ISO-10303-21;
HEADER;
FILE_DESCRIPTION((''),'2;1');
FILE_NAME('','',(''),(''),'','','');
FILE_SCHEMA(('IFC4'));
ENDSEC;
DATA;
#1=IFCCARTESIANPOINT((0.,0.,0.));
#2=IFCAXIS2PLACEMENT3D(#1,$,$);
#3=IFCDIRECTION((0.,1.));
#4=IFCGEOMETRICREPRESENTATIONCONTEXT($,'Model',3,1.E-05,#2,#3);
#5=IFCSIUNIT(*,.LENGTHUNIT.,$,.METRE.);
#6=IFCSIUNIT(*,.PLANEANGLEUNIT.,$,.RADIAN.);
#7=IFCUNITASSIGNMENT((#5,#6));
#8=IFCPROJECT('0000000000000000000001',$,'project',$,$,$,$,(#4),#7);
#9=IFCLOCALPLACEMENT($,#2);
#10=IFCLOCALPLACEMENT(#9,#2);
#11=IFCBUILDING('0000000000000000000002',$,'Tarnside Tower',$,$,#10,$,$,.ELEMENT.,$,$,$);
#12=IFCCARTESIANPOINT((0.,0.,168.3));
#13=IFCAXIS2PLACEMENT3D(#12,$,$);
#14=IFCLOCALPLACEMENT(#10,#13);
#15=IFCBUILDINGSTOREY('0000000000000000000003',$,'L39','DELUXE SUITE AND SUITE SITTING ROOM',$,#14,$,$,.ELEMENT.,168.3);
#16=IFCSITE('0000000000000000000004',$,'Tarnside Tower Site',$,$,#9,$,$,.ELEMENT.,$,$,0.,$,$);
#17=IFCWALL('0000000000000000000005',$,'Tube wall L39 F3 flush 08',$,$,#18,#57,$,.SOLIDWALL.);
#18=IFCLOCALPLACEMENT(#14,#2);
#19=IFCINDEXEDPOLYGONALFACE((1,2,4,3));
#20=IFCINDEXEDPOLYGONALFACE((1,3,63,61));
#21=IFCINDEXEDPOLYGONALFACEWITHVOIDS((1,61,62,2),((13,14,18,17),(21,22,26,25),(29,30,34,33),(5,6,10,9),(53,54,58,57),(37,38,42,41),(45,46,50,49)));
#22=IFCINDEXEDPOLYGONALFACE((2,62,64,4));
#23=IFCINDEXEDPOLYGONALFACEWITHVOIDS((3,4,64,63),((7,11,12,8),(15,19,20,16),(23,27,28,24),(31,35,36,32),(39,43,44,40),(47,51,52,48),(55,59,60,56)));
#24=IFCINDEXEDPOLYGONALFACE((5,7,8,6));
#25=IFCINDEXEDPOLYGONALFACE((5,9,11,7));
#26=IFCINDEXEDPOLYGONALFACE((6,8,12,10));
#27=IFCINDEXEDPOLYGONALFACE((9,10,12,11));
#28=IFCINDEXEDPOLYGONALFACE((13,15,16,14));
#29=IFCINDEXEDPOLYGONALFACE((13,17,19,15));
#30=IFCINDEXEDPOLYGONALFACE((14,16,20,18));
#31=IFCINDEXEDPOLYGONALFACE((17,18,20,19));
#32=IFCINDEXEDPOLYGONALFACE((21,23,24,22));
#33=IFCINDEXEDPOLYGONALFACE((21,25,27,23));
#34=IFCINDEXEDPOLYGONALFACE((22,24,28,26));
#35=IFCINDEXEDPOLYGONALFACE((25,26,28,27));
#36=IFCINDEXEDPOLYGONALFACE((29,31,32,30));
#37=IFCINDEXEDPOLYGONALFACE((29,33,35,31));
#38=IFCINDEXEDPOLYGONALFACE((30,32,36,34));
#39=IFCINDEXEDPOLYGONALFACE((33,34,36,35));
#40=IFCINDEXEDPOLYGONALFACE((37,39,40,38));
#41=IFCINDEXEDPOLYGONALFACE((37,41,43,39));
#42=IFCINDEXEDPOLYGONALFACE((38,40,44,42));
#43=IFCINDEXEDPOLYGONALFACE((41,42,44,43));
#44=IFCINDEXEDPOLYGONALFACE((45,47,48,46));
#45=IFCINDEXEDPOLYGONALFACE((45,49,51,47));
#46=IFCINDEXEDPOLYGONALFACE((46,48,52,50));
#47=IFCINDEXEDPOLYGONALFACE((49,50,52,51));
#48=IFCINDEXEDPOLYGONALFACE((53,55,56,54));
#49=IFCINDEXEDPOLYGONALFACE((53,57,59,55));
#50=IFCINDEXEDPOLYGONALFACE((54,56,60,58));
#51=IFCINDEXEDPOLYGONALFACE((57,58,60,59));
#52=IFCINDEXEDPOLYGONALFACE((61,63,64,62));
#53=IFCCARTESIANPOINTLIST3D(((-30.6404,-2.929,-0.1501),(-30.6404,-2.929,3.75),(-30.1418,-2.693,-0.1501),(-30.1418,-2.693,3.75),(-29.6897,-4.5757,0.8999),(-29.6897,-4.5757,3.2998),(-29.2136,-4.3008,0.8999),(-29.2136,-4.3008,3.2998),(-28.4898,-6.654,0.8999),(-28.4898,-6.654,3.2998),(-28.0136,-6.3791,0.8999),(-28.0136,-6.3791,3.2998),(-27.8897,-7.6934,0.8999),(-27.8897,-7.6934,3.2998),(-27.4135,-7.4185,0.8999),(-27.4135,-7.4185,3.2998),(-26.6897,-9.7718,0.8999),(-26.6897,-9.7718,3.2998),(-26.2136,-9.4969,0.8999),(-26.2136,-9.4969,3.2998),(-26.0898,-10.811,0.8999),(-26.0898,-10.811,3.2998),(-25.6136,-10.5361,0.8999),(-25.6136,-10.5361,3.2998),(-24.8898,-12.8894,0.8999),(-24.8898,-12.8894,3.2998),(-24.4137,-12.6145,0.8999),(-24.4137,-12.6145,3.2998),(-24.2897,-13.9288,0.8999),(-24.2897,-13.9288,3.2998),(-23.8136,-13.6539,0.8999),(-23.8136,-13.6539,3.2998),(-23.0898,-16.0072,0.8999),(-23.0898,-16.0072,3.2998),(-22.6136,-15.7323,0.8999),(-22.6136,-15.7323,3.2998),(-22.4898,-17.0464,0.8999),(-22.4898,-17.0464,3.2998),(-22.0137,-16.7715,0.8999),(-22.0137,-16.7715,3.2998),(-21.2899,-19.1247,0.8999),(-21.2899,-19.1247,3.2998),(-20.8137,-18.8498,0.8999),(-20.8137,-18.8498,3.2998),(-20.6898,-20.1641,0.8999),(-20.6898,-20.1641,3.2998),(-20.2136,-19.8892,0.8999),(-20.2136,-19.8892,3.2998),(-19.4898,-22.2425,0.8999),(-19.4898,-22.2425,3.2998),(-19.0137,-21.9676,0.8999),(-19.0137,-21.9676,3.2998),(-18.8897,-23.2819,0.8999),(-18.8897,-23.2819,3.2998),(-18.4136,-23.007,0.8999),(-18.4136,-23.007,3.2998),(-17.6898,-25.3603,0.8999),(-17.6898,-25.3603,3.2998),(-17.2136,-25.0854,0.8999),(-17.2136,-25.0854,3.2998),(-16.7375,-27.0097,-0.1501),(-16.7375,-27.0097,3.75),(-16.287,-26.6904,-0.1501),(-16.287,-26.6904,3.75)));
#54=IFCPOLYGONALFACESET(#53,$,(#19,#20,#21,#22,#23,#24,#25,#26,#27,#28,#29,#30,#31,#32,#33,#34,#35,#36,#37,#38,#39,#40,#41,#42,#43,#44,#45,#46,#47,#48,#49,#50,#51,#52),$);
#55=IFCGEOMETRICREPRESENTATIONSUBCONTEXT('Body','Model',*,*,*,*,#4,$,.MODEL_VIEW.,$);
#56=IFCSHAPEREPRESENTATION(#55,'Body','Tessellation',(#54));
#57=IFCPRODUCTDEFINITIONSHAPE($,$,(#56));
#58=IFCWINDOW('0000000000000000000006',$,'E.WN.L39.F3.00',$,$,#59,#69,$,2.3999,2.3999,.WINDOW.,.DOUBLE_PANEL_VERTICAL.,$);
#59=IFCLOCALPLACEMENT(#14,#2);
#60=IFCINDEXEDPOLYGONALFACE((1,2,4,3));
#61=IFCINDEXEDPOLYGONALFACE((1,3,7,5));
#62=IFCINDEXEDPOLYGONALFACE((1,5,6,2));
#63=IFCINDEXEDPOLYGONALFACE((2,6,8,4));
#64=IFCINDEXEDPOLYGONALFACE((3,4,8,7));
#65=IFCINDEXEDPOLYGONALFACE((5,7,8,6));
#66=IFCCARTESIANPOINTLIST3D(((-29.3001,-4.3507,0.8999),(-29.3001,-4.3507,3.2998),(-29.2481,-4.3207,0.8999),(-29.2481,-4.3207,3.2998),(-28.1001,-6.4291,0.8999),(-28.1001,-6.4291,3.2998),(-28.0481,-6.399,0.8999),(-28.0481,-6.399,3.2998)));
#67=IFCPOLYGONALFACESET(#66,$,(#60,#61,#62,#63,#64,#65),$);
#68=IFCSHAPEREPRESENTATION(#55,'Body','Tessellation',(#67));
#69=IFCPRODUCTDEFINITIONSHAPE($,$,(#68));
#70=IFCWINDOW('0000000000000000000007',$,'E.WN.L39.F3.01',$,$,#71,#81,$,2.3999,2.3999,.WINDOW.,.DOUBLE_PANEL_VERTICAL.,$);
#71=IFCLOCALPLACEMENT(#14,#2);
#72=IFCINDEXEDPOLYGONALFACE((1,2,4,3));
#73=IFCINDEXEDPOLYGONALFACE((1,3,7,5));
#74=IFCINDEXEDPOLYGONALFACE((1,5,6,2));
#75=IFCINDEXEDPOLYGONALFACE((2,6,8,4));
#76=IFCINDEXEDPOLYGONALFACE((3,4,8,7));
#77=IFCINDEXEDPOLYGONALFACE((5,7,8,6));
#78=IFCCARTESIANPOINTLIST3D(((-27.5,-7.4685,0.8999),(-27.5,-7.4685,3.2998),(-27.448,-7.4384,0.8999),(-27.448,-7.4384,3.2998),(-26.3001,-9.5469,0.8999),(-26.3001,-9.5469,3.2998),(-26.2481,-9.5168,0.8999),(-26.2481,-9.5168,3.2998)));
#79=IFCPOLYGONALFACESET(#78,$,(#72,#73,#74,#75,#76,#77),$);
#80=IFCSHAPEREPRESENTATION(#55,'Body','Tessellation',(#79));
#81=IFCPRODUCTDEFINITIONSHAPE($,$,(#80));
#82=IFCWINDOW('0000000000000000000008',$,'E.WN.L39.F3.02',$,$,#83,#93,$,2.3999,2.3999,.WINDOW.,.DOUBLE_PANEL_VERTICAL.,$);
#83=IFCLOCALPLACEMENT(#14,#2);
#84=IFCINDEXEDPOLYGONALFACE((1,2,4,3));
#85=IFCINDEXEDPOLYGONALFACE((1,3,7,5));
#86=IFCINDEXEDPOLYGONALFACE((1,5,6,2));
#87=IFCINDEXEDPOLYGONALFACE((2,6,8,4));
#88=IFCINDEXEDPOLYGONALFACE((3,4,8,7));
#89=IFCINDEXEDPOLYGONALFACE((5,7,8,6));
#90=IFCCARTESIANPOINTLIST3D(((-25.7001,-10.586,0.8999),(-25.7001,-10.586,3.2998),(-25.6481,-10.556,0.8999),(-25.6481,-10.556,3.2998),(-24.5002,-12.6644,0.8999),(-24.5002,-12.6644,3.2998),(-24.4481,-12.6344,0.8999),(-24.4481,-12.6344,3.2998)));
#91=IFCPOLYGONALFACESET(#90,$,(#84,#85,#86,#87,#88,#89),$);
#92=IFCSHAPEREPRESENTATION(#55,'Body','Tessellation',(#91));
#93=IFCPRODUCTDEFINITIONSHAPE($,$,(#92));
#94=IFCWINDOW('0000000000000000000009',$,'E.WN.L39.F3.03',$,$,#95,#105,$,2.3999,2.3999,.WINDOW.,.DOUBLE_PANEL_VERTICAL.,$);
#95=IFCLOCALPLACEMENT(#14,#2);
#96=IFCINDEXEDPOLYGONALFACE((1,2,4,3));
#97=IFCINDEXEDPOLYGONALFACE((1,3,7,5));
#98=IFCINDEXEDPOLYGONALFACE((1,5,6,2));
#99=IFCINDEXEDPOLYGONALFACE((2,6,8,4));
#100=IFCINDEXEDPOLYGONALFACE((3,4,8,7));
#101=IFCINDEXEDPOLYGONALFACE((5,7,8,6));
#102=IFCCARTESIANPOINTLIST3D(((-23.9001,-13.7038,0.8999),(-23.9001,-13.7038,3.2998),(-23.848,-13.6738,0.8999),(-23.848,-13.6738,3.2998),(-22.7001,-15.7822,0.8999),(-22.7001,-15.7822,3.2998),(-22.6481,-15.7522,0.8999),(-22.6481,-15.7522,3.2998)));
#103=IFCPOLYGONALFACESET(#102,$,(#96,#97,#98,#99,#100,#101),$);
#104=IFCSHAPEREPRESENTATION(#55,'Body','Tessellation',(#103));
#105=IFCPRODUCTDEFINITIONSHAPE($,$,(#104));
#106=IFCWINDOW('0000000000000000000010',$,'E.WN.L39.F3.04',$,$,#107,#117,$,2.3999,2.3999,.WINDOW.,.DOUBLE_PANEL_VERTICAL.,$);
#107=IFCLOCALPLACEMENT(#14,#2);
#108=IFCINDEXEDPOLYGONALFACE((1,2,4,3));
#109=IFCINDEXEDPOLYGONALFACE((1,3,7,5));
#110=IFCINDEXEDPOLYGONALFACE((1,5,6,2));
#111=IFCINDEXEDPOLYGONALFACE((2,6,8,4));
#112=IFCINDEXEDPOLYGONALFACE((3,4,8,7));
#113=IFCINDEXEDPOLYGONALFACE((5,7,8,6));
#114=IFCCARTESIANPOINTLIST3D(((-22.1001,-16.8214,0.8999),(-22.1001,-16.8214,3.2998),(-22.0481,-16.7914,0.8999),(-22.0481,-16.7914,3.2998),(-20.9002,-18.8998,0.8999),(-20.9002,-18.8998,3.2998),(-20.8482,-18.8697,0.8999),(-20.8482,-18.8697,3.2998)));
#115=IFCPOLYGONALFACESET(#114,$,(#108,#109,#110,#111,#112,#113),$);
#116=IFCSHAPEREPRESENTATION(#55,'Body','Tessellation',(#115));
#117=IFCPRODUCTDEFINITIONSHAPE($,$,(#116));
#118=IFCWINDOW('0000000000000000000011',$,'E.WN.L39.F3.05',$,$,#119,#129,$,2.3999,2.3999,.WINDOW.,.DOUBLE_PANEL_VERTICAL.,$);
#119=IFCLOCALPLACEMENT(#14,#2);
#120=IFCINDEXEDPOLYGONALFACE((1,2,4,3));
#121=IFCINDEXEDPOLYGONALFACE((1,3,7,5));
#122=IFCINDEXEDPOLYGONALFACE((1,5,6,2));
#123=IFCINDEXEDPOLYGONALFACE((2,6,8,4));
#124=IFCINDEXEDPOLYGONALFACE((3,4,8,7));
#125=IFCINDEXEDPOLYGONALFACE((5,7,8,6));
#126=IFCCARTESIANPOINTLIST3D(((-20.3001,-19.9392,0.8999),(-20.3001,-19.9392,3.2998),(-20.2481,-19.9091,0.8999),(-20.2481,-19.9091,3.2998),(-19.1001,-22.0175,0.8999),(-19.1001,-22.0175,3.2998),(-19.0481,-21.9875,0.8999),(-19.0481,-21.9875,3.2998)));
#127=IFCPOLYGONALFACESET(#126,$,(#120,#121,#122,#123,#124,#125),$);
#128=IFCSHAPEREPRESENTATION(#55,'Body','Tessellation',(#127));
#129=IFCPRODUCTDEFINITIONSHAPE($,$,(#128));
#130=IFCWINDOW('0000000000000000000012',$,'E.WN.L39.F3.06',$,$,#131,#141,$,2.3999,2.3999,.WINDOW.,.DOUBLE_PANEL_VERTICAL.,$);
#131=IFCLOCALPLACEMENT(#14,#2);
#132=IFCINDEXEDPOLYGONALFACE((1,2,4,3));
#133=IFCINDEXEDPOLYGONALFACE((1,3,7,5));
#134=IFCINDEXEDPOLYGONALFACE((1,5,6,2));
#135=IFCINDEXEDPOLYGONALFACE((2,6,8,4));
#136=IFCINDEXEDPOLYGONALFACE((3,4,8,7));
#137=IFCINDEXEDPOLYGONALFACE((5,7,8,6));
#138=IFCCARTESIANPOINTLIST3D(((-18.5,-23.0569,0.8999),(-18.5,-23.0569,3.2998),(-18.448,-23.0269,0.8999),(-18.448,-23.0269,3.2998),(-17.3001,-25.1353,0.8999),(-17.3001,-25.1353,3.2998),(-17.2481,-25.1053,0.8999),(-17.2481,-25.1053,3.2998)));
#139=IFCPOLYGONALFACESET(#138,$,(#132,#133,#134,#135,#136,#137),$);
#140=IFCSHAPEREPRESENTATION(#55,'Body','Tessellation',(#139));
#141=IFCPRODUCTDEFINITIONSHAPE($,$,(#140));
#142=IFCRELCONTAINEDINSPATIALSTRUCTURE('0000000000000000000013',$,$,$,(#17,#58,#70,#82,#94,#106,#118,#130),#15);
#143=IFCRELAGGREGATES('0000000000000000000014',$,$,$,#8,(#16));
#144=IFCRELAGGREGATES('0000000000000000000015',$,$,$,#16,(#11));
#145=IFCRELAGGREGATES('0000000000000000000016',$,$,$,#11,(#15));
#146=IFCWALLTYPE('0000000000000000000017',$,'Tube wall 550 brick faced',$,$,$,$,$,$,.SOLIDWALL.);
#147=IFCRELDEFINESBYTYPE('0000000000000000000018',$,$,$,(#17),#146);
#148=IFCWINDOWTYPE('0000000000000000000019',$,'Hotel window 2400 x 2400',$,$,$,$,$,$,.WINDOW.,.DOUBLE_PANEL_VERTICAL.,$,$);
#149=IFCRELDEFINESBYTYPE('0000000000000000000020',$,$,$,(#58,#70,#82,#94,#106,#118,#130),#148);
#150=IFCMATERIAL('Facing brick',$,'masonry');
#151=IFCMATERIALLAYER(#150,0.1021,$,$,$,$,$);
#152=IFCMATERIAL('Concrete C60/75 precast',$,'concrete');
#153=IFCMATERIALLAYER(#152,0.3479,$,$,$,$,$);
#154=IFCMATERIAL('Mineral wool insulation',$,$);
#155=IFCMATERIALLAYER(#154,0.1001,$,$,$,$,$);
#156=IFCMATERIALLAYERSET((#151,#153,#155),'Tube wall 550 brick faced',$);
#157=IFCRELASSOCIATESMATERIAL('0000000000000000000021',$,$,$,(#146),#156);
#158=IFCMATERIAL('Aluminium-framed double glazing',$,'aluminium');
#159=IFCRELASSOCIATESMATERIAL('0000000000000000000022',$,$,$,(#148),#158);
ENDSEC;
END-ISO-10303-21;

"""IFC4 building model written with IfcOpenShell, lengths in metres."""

from ifc_helpers import new_model, si_unit, direction, frame, frame_2d, origin, place, context, subcontext, project, spatial, polyline, rectangle, outline, extrude, material, layer, layer_set, type_object, element, fill, save


model = new_model("IFC4")

# Units and contexts
model_context = context("Model", 3, precision=1e-05, world=origin(), true_north=direction((0.0, 1.0)))
body_context = subcontext(model_context, "Body", "Model", "MODEL_VIEW")
ifc_project = project(units=[si_unit("LENGTHUNIT", "METRE"), si_unit("PLANEANGLEUNIT", "RADIAN")], contexts=[model_context])

# Site, building, storey
site_placement = place(None, origin())
site = spatial("IfcSite", under=ifc_project, at=site_placement, Name="Tarnside Tower Site", CompositionType="ELEMENT", RefElevation=0.0)
building_placement = place(site_placement, origin())
building = spatial("IfcBuilding", under=site, at=building_placement, Name="Tarnside Tower", CompositionType="ELEMENT")
storey_placement = place(building_placement, frame((0.0, 0.0, 168.3)))
storey = spatial("IfcBuildingStorey", under=building, at=storey_placement, Name="L39", Description="DELUXE SUITE AND SUITE SITTING ROOM", CompositionType="ELEMENT", Elevation=168.3)

# Shared definitions
ifc_material_1 = material(Name="Facing brick", Category="masonry")
ifc_layer_1 = layer(ifc_material_1, 0.1021)
ifc_material_2 = material(Name="Concrete C60/75 precast", Category="concrete")
ifc_layer_2 = layer(ifc_material_2, 0.3479)
ifc_material_3 = material(Name="Mineral wool insulation")
ifc_layer_3 = layer(ifc_material_3, 0.1001)
ifc_layer_set_1 = layer_set([ifc_layer_1, ifc_layer_2, ifc_layer_3], Name="Tube wall 550 brick faced")
wall_type_1 = type_object("IfcWallType", Name="Tube wall 550 brick faced", PredefinedType="SOLIDWALL", material=ifc_layer_set_1)

# Wall, openings, windows
wall_1_placement = place(storey_placement, frame((-30.3911, -2.811, -0.1501), z_axis=(0.0, 0.0, 1.0), x_axis=(0.499999, -0.866026, 0.0)))
wall_1 = element("IfcWall", 1, at=wall_1_placement, inside=storey, type_object=wall_type_1, Name="Tube wall L39 F3 flush 08", PredefinedType="SOLIDWALL", context=body_context, shape_type="SweptSolid", body=[
    extrude(outline(polyline([(-0.0225, -0.2749), (27.7834, -0.2749), (27.7322, 0.2749), (0.0225, 0.2749), (-0.0225, -0.2749)])), origin(), (0.0, 0.0, 1.0), 3.9001),
])
opening_1_placement = place(wall_1_placement, frame((1.8789, 0.0, 1.05)))
opening_1 = element("IfcOpeningElement", 2, at=opening_1_placement, cuts=wall_1, PredefinedType="OPENING", context=body_context, shape_type="SweptSolid", body=[
    extrude(rectangle(XDim=2.3999, YDim=2.3999, at=frame_2d((1.2, 1.2))), frame((0.0, 0.2852, 0.0), z_axis=(0.0, -1.0, 0.0), x_axis=(1.0, 0.0, 0.0)), (0.0, 0.0, 1.0), 0.5701),
])
opening_2_placement = place(wall_1_placement, frame((5.479, 0.0, 1.05)))
opening_2 = element("IfcOpeningElement", 3, at=opening_2_placement, cuts=wall_1, PredefinedType="OPENING", context=body_context, shape_type="SweptSolid", body=[
    extrude(rectangle(XDim=2.3999, YDim=2.3999, at=frame_2d((1.2, 1.2))), frame((0.0, 0.2852, 0.0), z_axis=(0.0, -1.0, 0.0), x_axis=(1.0, 0.0, 0.0)), (0.0, 0.0, 1.0), 0.5701),
])
opening_3_placement = place(wall_1_placement, frame((9.0789, 0.0, 1.05)))
opening_3 = element("IfcOpeningElement", 4, at=opening_3_placement, cuts=wall_1, PredefinedType="OPENING", context=body_context, shape_type="SweptSolid", body=[
    extrude(rectangle(XDim=2.3999, YDim=2.3999, at=frame_2d((1.2, 1.2))), frame((0.0, 0.2852, 0.0), z_axis=(0.0, -1.0, 0.0), x_axis=(1.0, 0.0, 0.0)), (0.0, 0.0, 1.0), 0.5701),
])
opening_4_placement = place(wall_1_placement, frame((12.679, 0.0, 1.05)))
opening_4 = element("IfcOpeningElement", 5, at=opening_4_placement, cuts=wall_1, PredefinedType="OPENING", context=body_context, shape_type="SweptSolid", body=[
    extrude(rectangle(XDim=2.3999, YDim=2.3999, at=frame_2d((1.2, 1.2))), frame((0.0, 0.2852, 0.0), z_axis=(0.0, -1.0, 0.0), x_axis=(1.0, 0.0, 0.0)), (0.0, 0.0, 1.0), 0.5701),
])
opening_5_placement = place(wall_1_placement, frame((16.2788, 0.0, 1.05)))
opening_5 = element("IfcOpeningElement", 6, at=opening_5_placement, cuts=wall_1, PredefinedType="OPENING", context=body_context, shape_type="SweptSolid", body=[
    extrude(rectangle(XDim=2.3999, YDim=2.3999, at=frame_2d((1.2, 1.2))), frame((0.0, 0.2852, 0.0), z_axis=(0.0, -1.0, 0.0), x_axis=(1.0, 0.0, 0.0)), (0.0, 0.0, 1.0), 0.5701),
])
opening_6_placement = place(wall_1_placement, frame((19.8789, 0.0, 1.05)))
opening_6 = element("IfcOpeningElement", 7, at=opening_6_placement, cuts=wall_1, PredefinedType="OPENING", context=body_context, shape_type="SweptSolid", body=[
    extrude(rectangle(XDim=2.3999, YDim=2.3999, at=frame_2d((1.2, 1.2))), frame((0.0, 0.2852, 0.0), z_axis=(0.0, -1.0, 0.0), x_axis=(1.0, 0.0, 0.0)), (0.0, 0.0, 1.0), 0.5701),
])
opening_7_placement = place(wall_1_placement, frame((23.479, 0.0, 1.05)))
opening_7 = element("IfcOpeningElement", 8, at=opening_7_placement, cuts=wall_1, PredefinedType="OPENING", context=body_context, shape_type="SweptSolid", body=[
    extrude(rectangle(XDim=2.3999, YDim=2.3999, at=frame_2d((1.2, 1.2))), frame((0.0, 0.2852, 0.0), z_axis=(0.0, -1.0, 0.0), x_axis=(1.0, 0.0, 0.0)), (0.0, 0.0, 1.0), 0.5701),
])
ifc_material_4 = material(Name="Aluminium-framed double glazing", Category="aluminium")
window_type = type_object("IfcWindowType", Name="Hotel window 2400 x 2400", PartitioningType="DOUBLE_PANEL_VERTICAL", PredefinedType="WINDOW", material=ifc_material_4)
window_1_placement = place(opening_1_placement, frame((0.0, 0.2051, 0.0)))
window_1 = element("IfcWindow", 9, at=window_1_placement, inside=storey, type_object=window_type, Name="E.WN.L39.F3.00", OverallHeight=2.3999, OverallWidth=2.3999, PartitioningType="DOUBLE_PANEL_VERTICAL", PredefinedType="WINDOW", context=body_context, shape_type="SweptSolid", body=[
    extrude(rectangle(XDim=2.3999, YDim=2.3999, at=frame_2d((1.2, 1.2))), frame((0.0, 0.03, 0.0), z_axis=(0.0, -1.0, 0.0), x_axis=(1.0, 0.0, 0.0)), (0.0, 0.0, 1.0), 0.0601),
])
fill(opening_1, window_1)
window_2_placement = place(opening_2_placement, frame((0.0, 0.2051, 0.0)))
window_2 = element("IfcWindow", 10, at=window_2_placement, inside=storey, type_object=window_type, Name="E.WN.L39.F3.01", OverallHeight=2.3999, OverallWidth=2.3999, PartitioningType="DOUBLE_PANEL_VERTICAL", PredefinedType="WINDOW", context=body_context, shape_type="SweptSolid", body=[
    extrude(rectangle(XDim=2.3999, YDim=2.3999, at=frame_2d((1.2, 1.2))), frame((0.0, 0.03, 0.0), z_axis=(0.0, -1.0, 0.0), x_axis=(1.0, 0.0, 0.0)), (0.0, 0.0, 1.0), 0.0601),
])
fill(opening_2, window_2)
window_3_placement = place(opening_3_placement, frame((0.0, 0.2051, 0.0)))
window_3 = element("IfcWindow", 11, at=window_3_placement, inside=storey, type_object=window_type, Name="E.WN.L39.F3.02", OverallHeight=2.3999, OverallWidth=2.3999, PartitioningType="DOUBLE_PANEL_VERTICAL", PredefinedType="WINDOW", context=body_context, shape_type="SweptSolid", body=[
    extrude(rectangle(XDim=2.3999, YDim=2.3999, at=frame_2d((1.2, 1.2))), frame((0.0, 0.03, 0.0), z_axis=(0.0, -1.0, 0.0), x_axis=(1.0, 0.0, 0.0)), (0.0, 0.0, 1.0), 0.0601),
])
fill(opening_3, window_3)
window_4_placement = place(opening_4_placement, frame((0.0, 0.2051, 0.0)))
window_4 = element("IfcWindow", 12, at=window_4_placement, inside=storey, type_object=window_type, Name="E.WN.L39.F3.03", OverallHeight=2.3999, OverallWidth=2.3999, PartitioningType="DOUBLE_PANEL_VERTICAL", PredefinedType="WINDOW", context=body_context, shape_type="SweptSolid", body=[
    extrude(rectangle(XDim=2.3999, YDim=2.3999, at=frame_2d((1.2, 1.2))), frame((0.0, 0.03, 0.0), z_axis=(0.0, -1.0, 0.0), x_axis=(1.0, 0.0, 0.0)), (0.0, 0.0, 1.0), 0.0601),
])
fill(opening_4, window_4)
window_5_placement = place(opening_5_placement, frame((0.0, 0.2051, 0.0)))
window_5 = element("IfcWindow", 13, at=window_5_placement, inside=storey, type_object=window_type, Name="E.WN.L39.F3.04", OverallHeight=2.3999, OverallWidth=2.3999, PartitioningType="DOUBLE_PANEL_VERTICAL", PredefinedType="WINDOW", context=body_context, shape_type="SweptSolid", body=[
    extrude(rectangle(XDim=2.3999, YDim=2.3999, at=frame_2d((1.2, 1.2))), frame((0.0, 0.03, 0.0), z_axis=(0.0, -1.0, 0.0), x_axis=(1.0, 0.0, 0.0)), (0.0, 0.0, 1.0), 0.0601),
])
fill(opening_5, window_5)
window_6_placement = place(opening_6_placement, frame((0.0, 0.2051, 0.0)))
window_6 = element("IfcWindow", 14, at=window_6_placement, inside=storey, type_object=window_type, Name="E.WN.L39.F3.05", OverallHeight=2.3999, OverallWidth=2.3999, PartitioningType="DOUBLE_PANEL_VERTICAL", PredefinedType="WINDOW", context=body_context, shape_type="SweptSolid", body=[
    extrude(rectangle(XDim=2.3999, YDim=2.3999, at=frame_2d((1.2, 1.2))), frame((0.0, 0.03, 0.0), z_axis=(0.0, -1.0, 0.0), x_axis=(1.0, 0.0, 0.0)), (0.0, 0.0, 1.0), 0.0601),
])
fill(opening_6, window_6)
window_7_placement = place(opening_7_placement, frame((0.0, 0.2051, 0.0)))
window_7 = element("IfcWindow", 15, at=window_7_placement, inside=storey, type_object=window_type, Name="E.WN.L39.F3.06", OverallHeight=2.3999, OverallWidth=2.3999, PartitioningType="DOUBLE_PANEL_VERTICAL", PredefinedType="WINDOW", context=body_context, shape_type="SweptSolid", body=[
    extrude(rectangle(XDim=2.3999, YDim=2.3999, at=frame_2d((1.2, 1.2))), frame((0.0, 0.03, 0.0), z_axis=(0.0, -1.0, 0.0), x_axis=(1.0, 0.0, 0.0)), (0.0, 0.0, 1.0), 0.0601),
])
fill(opening_7, window_7)

save(model, "model.ifc")
